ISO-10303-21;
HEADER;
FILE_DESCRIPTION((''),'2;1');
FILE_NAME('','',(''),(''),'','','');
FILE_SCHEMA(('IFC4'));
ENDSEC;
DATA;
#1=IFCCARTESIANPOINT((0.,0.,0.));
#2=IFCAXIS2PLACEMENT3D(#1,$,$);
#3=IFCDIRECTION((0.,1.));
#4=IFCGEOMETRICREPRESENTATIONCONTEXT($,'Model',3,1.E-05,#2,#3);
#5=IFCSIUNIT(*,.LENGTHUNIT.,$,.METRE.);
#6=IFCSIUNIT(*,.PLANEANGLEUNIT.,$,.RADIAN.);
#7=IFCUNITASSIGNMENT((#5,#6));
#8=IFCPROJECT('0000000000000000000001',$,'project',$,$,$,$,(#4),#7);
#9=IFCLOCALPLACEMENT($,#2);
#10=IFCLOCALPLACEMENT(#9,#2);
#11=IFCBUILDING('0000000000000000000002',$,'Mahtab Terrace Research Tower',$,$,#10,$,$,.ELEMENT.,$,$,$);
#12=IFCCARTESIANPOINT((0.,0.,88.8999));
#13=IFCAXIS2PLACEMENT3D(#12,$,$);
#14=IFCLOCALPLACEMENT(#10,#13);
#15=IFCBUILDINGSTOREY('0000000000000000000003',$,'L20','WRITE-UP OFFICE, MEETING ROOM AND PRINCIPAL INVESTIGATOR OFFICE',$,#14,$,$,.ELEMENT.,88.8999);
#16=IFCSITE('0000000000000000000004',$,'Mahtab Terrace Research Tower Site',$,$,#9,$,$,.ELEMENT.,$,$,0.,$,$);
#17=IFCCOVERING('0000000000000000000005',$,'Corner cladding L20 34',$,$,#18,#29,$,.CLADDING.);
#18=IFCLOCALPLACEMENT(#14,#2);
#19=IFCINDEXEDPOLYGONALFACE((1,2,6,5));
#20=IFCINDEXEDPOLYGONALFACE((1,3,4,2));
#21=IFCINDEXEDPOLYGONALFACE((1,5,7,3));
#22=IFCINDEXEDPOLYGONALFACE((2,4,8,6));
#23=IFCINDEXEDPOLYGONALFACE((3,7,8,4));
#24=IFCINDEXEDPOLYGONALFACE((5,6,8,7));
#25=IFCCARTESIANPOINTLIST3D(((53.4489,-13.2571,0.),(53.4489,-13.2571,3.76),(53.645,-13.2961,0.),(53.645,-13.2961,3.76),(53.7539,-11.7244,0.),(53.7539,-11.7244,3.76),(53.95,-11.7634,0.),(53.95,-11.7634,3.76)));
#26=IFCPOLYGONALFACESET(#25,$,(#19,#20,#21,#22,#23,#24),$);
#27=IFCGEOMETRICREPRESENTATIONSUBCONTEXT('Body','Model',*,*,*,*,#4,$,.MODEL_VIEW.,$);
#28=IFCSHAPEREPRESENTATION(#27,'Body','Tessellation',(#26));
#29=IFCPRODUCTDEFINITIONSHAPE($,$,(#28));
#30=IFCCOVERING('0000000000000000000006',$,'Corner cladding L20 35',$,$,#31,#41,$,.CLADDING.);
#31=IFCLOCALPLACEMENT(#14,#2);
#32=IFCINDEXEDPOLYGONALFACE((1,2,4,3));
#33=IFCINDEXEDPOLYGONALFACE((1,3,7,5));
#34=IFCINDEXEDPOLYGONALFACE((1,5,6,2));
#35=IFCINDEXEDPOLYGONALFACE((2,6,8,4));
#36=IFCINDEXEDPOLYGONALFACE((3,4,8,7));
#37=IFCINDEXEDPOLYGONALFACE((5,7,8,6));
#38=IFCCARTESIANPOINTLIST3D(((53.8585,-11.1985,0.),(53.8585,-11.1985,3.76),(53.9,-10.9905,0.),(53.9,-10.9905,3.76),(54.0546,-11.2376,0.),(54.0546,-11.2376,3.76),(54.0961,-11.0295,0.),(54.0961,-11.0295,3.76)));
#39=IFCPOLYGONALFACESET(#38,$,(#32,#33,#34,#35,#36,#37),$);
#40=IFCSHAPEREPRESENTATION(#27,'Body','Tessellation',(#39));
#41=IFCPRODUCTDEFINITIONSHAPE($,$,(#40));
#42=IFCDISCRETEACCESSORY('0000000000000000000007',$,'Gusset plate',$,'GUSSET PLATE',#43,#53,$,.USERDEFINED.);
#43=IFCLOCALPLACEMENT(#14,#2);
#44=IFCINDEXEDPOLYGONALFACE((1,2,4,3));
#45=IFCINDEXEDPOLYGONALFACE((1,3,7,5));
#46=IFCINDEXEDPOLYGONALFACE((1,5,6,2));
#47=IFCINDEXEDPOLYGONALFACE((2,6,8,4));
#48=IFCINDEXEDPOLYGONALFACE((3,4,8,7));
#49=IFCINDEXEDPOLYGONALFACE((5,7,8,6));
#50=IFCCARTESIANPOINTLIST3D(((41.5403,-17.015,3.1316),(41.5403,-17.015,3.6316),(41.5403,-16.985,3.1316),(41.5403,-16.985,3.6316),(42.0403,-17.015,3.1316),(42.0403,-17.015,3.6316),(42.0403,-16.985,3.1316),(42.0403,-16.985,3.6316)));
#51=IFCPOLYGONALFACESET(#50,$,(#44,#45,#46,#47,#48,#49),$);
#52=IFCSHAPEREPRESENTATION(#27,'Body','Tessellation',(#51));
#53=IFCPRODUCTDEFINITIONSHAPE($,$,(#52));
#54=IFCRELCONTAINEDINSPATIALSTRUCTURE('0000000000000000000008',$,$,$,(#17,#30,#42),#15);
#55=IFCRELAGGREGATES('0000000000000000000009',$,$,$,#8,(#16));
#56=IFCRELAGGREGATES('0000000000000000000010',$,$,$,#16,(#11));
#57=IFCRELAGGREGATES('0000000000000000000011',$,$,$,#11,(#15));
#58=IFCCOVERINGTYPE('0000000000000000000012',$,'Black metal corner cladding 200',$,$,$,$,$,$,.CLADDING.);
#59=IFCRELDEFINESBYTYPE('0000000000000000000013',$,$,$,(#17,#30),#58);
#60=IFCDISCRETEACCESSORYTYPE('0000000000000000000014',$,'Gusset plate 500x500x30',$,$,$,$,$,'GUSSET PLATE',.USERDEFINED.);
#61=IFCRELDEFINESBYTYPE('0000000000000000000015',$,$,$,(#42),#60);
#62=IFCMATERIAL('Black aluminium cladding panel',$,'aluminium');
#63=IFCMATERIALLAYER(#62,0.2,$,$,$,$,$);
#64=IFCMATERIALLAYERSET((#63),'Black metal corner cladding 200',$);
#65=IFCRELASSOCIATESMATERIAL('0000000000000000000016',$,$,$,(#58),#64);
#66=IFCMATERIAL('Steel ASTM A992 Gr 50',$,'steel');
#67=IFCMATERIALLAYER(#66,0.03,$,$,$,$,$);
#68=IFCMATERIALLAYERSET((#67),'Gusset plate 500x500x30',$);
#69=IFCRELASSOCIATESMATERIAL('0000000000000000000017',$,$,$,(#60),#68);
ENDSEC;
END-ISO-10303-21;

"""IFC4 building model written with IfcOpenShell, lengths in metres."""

from ifc_helpers import new_model, si_unit, direction, frame, origin, origin_2d, place, context, subcontext, project, spatial, rectangle, extrude, material, layer, layer_set, type_object, element, save


model = new_model("IFC4")

# Units and contexts
model_context = context("Model", 3, precision=1e-05, world=origin(), true_north=direction((0.0, 1.0)))
body_context = subcontext(model_context, "Body", "Model", "MODEL_VIEW")
ifc_project = project(units=[si_unit("LENGTHUNIT", "METRE"), si_unit("PLANEANGLEUNIT", "RADIAN")], contexts=[model_context])

# Site, building, storey
site_placement = place(None, origin())
site = spatial("IfcSite", under=ifc_project, at=site_placement, Name="Mahtab Terrace Research Tower Site", CompositionType="ELEMENT", RefElevation=0.0)
building_placement = place(site_placement, origin())
building = spatial("IfcBuilding", under=site, at=building_placement, Name="Mahtab Terrace Research Tower", CompositionType="ELEMENT")
storey_placement = place(building_placement, frame((0.0, 0.0, 88.8999)))
storey = spatial("IfcBuildingStorey", under=building, at=storey_placement, Name="L20", Description="WRITE-UP OFFICE, MEETING ROOM AND PRINCIPAL INVESTIGATOR OFFICE", CompositionType="ELEMENT", Elevation=88.8999)

# Shared definitions
ifc_material_1 = material(Name="Steel ASTM A992 Gr 50", Category="steel")

# Shared definitions
ifc_material_2 = material(Name="Black aluminium cladding panel", Category="aluminium")

# Coverings
ifc_layer_1 = layer(ifc_material_2, 0.2)
ifc_layer_set_1 = layer_set([ifc_layer_1], Name="Black metal corner cladding 200")
covering_type = type_object("IfcCoveringType", Name="Black metal corner cladding 200", PredefinedType="CLADDING", material=ifc_layer_set_1)
covering_1_placement = place(storey_placement, frame((53.6995, -12.5103, 0.0), z_axis=(0.0, 0.0, 1.0), x_axis=(0.195212, 0.980761, 0.0)))
element("IfcCovering", 1, at=covering_1_placement, inside=storey, type_object=covering_type, Name="Corner cladding L20 34", PredefinedType="CLADDING", context=body_context, shape_type="SweptSolid", body=[
    extrude(rectangle(XDim=1.5627, YDim=0.2, at=origin_2d()), origin(), (0.0, 0.0, 1.0), 3.76),
])
covering_2_placement = place(storey_placement, frame((53.9773, -11.114, 0.0), z_axis=(0.0, 0.0, 1.0), x_axis=(0.195212, 0.980761, 0.0)))
element("IfcCovering", 2, at=covering_2_placement, inside=storey, type_object=covering_type, Name="Corner cladding L20 35", PredefinedType="CLADDING", context=body_context, shape_type="SweptSolid", body=[
    extrude(rectangle(XDim=0.2122, YDim=0.2, at=origin_2d()), origin(), (0.0, 0.0, 1.0), 3.76),
])

# Discrete accessory
ifc_layer_2 = layer(ifc_material_1, 0.03)
ifc_layer_set_2 = layer_set([ifc_layer_2], Name="Gusset plate 500x500x30")
discrete_accessory_type = type_object("IfcDiscreteAccessoryType", Name="Gusset plate 500x500x30", ElementType="GUSSET PLATE", PredefinedType="USERDEFINED", material=ifc_layer_set_2)
discrete_accessory_placement = place(storey_placement, frame((41.7903, -17.0, 3.1316), z_axis=(0.0, 0.0, 1.0), x_axis=(1.0, 0.0, 0.0)))
element("IfcDiscreteAccessory", 3, at=discrete_accessory_placement, inside=storey, type_object=discrete_accessory_type, Name="Gusset plate", ObjectType="GUSSET PLATE", PredefinedType="USERDEFINED", context=body_context, shape_type="SweptSolid", body=[
    extrude(rectangle(XDim=0.5, YDim=0.03, at=origin_2d()), origin(), (0.0, 0.0, 1.0), 0.5),
])

save(model, "model.ifc")
